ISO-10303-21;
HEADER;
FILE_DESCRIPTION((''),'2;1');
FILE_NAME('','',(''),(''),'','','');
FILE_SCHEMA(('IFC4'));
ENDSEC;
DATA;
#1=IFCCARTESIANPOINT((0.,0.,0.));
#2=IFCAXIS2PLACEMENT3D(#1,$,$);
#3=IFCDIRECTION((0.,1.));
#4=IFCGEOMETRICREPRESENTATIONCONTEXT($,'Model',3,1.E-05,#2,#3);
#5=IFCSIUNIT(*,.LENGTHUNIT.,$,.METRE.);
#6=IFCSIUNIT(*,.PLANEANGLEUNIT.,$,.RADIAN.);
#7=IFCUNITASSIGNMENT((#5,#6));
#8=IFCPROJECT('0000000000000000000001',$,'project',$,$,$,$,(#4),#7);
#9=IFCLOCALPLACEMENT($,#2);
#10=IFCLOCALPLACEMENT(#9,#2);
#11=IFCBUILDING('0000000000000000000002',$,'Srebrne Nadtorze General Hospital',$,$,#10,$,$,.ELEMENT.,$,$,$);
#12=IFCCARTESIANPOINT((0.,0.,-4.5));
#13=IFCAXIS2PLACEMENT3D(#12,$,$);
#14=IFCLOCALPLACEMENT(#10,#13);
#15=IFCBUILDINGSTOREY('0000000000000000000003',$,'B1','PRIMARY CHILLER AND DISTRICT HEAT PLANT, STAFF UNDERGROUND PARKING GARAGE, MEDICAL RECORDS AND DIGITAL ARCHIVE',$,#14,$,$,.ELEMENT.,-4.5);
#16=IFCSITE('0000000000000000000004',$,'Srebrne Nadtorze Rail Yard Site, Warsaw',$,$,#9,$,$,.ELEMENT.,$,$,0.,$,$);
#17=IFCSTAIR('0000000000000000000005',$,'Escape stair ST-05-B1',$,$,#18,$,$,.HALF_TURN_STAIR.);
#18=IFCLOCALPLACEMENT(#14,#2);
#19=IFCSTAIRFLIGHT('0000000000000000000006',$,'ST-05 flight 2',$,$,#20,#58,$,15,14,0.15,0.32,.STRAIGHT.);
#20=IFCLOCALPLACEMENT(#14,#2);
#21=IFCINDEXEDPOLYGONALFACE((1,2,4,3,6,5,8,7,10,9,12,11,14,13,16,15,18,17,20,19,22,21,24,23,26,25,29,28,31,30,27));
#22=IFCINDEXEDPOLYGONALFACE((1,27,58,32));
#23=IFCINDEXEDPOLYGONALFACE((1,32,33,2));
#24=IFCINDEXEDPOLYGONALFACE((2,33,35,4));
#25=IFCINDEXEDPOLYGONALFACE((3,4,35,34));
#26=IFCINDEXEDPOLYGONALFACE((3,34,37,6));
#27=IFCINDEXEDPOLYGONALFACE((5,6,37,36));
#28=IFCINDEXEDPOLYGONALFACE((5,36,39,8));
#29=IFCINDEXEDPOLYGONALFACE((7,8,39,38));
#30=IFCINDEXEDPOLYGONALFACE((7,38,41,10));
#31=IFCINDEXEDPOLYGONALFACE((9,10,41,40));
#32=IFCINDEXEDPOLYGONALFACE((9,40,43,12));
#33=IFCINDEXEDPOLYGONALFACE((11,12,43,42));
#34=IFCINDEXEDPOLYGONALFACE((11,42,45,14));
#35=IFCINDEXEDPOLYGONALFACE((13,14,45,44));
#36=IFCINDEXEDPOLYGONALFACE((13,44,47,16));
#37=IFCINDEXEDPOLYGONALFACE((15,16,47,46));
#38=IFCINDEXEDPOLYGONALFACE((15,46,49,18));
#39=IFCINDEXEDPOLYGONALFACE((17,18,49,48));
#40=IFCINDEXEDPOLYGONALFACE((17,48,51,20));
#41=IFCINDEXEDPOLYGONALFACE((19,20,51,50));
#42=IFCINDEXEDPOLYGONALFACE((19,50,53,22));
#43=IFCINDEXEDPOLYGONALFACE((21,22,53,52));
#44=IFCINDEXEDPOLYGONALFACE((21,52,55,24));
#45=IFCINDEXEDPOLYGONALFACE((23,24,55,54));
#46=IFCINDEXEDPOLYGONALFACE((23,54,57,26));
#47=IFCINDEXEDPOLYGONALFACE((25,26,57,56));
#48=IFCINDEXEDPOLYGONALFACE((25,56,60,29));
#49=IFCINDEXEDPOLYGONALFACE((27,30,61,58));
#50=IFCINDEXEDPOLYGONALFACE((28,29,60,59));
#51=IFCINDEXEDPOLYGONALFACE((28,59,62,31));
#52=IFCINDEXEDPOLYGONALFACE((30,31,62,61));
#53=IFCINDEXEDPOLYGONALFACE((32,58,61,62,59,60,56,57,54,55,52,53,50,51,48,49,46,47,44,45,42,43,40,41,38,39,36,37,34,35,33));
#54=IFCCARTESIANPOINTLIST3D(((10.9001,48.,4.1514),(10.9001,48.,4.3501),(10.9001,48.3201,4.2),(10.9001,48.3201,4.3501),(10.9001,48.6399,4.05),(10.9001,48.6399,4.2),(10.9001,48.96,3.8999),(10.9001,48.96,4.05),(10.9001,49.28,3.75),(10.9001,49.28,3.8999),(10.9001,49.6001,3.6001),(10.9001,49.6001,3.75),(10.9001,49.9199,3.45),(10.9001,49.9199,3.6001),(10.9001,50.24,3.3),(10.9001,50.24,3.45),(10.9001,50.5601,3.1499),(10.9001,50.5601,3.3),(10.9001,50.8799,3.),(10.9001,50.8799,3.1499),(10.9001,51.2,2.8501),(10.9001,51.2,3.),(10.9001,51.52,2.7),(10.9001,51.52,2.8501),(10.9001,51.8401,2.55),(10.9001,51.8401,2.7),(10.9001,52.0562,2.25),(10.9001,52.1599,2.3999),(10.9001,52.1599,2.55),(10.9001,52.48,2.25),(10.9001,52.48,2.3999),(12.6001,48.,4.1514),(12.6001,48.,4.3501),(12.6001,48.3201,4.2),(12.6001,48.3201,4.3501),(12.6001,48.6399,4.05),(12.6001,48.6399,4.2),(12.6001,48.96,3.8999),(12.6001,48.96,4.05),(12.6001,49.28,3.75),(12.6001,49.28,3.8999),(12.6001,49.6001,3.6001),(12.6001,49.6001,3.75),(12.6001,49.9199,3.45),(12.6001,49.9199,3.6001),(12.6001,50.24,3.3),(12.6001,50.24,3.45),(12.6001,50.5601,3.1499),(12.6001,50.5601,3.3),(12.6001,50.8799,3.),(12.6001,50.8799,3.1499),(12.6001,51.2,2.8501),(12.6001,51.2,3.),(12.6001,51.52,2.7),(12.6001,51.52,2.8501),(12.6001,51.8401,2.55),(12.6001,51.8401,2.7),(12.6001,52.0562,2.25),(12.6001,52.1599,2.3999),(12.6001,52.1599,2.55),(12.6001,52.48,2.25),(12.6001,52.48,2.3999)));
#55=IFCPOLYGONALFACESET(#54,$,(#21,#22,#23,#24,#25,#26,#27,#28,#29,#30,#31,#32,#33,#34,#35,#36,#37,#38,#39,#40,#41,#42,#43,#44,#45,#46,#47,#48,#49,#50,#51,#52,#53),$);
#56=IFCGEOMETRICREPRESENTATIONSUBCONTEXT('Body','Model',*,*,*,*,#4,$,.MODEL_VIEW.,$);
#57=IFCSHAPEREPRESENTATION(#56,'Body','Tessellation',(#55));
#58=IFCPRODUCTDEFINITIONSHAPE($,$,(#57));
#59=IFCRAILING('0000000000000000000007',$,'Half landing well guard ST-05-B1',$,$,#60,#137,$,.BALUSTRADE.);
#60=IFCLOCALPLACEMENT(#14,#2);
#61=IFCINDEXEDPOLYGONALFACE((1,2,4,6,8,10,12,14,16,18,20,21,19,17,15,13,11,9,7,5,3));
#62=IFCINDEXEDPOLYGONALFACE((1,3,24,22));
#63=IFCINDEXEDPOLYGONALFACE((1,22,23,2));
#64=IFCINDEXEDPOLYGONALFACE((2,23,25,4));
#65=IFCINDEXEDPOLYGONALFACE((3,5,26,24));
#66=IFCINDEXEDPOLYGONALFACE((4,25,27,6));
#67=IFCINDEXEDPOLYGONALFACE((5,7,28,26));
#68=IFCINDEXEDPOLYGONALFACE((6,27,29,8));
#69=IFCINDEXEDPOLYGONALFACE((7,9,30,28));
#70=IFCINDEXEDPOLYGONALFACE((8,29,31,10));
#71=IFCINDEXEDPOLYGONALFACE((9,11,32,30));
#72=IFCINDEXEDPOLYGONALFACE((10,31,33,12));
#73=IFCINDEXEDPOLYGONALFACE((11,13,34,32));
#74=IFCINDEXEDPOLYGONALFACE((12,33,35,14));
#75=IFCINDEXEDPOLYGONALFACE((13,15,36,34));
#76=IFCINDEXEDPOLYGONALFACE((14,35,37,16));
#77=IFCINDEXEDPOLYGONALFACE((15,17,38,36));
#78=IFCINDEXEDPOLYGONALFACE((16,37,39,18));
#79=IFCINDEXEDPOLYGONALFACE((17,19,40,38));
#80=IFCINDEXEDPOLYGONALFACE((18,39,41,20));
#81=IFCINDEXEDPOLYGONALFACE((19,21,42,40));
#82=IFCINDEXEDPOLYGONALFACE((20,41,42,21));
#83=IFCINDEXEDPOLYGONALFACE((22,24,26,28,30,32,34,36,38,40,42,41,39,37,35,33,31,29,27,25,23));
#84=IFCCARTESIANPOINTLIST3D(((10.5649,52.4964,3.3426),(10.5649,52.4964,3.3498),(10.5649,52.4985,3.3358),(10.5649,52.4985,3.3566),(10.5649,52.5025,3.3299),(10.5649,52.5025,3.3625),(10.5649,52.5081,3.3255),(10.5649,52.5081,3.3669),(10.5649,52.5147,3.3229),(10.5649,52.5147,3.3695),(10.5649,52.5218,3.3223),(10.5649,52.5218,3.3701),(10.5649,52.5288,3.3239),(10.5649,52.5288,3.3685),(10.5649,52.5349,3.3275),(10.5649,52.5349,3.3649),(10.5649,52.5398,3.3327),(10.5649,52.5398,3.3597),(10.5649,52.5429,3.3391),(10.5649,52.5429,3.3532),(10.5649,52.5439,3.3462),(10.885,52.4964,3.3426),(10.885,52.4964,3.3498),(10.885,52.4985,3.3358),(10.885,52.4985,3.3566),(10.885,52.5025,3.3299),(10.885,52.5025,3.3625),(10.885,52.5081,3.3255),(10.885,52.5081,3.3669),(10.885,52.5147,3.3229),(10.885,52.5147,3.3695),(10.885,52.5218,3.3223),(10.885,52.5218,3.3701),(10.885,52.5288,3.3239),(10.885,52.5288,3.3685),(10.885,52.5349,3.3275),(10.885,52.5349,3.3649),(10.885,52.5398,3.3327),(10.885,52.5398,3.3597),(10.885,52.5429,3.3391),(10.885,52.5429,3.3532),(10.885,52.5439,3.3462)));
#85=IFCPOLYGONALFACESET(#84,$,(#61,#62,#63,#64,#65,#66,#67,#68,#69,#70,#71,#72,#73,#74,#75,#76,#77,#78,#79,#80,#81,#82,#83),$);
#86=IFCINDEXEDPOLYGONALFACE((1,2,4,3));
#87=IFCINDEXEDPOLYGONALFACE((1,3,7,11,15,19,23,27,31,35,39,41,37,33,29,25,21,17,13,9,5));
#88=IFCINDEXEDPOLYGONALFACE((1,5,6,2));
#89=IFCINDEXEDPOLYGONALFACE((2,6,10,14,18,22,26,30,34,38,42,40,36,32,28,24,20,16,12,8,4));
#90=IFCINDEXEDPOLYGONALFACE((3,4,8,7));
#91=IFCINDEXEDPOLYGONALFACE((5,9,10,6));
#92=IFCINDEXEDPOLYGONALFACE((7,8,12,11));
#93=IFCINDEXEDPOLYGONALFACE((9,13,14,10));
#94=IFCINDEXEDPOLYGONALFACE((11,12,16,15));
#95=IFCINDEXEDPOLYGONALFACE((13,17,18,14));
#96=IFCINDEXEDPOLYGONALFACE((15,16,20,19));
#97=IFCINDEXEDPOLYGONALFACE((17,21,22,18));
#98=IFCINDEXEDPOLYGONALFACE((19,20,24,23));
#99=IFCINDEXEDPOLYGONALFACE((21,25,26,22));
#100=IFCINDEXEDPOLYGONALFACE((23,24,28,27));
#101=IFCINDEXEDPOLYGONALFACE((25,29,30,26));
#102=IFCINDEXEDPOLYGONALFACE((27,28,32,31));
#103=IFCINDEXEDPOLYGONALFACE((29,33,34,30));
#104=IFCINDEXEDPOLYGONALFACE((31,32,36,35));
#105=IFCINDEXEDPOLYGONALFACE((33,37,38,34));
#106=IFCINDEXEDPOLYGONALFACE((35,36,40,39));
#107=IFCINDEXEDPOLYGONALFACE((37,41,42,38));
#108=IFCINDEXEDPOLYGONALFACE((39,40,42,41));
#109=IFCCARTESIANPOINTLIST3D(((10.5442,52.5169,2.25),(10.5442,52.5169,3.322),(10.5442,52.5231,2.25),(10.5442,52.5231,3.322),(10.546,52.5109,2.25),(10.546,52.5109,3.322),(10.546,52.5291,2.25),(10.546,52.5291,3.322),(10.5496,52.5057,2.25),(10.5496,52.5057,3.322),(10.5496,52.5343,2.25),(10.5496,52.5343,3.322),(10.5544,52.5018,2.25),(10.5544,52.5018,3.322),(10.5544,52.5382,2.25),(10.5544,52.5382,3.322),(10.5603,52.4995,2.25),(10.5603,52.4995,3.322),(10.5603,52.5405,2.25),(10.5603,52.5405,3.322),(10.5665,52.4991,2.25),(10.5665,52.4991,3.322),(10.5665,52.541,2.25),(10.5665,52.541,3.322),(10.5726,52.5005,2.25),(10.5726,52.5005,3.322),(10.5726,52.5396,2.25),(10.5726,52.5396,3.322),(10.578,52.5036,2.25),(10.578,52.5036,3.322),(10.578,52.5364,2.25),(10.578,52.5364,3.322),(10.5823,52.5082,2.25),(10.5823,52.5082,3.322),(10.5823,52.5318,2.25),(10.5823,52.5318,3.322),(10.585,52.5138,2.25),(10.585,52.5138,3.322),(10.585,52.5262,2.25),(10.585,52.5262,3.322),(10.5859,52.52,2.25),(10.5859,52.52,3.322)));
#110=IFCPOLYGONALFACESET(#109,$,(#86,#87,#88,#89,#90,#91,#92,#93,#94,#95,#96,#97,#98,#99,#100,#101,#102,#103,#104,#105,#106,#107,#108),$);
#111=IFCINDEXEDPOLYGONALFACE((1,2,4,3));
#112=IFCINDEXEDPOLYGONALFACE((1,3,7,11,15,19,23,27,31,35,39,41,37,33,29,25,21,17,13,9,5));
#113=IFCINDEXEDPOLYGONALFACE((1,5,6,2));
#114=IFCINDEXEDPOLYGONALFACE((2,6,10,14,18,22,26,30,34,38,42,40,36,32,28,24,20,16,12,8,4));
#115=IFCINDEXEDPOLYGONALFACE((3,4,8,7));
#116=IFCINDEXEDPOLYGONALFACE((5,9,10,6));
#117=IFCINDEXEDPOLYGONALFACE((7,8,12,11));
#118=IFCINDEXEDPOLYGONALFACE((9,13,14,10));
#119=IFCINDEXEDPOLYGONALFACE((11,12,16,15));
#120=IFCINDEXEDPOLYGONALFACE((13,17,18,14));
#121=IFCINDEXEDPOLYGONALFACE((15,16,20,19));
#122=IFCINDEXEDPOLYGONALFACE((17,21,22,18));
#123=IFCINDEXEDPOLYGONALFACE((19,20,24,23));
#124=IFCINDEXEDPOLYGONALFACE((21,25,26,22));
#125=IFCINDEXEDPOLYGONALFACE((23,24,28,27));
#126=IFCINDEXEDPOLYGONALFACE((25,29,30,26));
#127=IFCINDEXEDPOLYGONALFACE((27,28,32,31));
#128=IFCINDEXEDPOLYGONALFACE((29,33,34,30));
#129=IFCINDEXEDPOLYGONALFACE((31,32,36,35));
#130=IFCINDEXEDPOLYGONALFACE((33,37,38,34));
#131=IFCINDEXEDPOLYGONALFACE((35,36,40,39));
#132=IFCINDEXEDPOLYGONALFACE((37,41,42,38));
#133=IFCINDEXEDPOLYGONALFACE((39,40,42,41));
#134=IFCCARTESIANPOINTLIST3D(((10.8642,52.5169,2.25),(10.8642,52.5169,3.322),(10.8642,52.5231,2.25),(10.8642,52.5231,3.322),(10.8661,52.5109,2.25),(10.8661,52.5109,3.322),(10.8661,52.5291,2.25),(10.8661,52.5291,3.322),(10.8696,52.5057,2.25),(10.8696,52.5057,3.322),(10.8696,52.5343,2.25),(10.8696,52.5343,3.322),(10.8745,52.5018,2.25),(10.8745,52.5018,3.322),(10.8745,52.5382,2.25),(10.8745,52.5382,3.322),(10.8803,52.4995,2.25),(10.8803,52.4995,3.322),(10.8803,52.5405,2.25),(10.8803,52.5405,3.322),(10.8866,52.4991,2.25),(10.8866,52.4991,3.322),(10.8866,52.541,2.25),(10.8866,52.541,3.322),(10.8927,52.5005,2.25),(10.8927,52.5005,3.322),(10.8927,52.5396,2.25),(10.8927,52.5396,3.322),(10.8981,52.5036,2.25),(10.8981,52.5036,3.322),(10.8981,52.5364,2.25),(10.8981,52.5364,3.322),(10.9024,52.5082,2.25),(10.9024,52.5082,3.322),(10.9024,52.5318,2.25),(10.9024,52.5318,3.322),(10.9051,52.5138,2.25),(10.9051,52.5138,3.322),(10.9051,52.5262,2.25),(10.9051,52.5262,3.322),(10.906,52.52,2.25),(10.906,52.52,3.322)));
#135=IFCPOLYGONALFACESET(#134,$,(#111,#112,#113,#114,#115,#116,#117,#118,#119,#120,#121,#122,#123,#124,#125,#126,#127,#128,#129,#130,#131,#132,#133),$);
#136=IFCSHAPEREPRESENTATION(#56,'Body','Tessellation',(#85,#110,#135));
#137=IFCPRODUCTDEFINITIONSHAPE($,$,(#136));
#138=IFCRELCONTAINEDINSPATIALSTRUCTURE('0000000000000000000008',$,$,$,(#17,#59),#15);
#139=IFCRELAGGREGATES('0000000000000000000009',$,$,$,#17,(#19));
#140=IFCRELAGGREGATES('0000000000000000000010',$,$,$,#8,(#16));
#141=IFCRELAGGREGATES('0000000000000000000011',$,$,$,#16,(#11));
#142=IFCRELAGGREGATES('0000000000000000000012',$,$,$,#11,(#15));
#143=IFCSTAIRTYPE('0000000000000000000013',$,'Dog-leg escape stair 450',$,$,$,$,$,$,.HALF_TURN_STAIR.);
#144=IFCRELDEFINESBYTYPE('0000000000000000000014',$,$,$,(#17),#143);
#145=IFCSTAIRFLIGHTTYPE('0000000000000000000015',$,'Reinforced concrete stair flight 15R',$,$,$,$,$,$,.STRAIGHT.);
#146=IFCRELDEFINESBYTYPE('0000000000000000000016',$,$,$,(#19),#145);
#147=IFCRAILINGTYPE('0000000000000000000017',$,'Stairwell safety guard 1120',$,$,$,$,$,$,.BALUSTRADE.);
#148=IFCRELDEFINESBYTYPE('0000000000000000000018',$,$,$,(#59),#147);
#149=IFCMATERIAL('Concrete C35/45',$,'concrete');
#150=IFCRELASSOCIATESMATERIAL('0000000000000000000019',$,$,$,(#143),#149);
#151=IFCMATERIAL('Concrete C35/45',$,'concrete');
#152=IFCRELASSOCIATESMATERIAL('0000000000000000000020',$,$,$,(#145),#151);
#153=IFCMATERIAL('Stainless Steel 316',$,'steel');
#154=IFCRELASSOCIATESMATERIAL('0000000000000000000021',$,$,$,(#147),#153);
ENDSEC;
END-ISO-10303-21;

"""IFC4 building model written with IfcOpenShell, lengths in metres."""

from ifc_helpers import new_model, si_unit, direction, frame, origin, origin_2d, place, context, subcontext, project, spatial, polyline, circle, outline, extrude, material, type_object, element, aggregate, save


model = new_model("IFC4")

# Units and contexts
model_context = context("Model", 3, precision=1e-05, world=origin(), true_north=direction((0.0, 1.0)))
body_context = subcontext(model_context, "Body", "Model", "MODEL_VIEW")
ifc_project = project(units=[si_unit("LENGTHUNIT", "METRE"), si_unit("PLANEANGLEUNIT", "RADIAN")], contexts=[model_context])

# Site, building, storey
site_placement = place(None, origin())
site = spatial("IfcSite", under=ifc_project, at=site_placement, Name="Srebrne Nadtorze Rail Yard Site, Warsaw", CompositionType="ELEMENT", RefElevation=0.0)
building_placement = place(site_placement, origin())
building = spatial("IfcBuilding", under=site, at=building_placement, Name="Srebrne Nadtorze General Hospital", CompositionType="ELEMENT")
storey_placement = place(building_placement, frame((0.0, 0.0, -4.5)))
storey = spatial("IfcBuildingStorey", under=building, at=storey_placement, Name="B1", Description="PRIMARY CHILLER AND DISTRICT HEAT PLANT, STAFF UNDERGROUND PARKING GARAGE, MEDICAL RECORDS AND DIGITAL ARCHIVE", CompositionType="ELEMENT", Elevation=-4.5)

# Stair, stair flight
ifc_material_1 = material(Name="Concrete C35/45", Category="concrete")
stair_type = type_object("IfcStairType", Name="Dog-leg escape stair 450", PredefinedType="HALF_TURN_STAIR", material=ifc_material_1)
stair_placement = place(storey_placement, origin())
stair = element("IfcStair", 1, at=stair_placement, inside=storey, type_object=stair_type, Name="Escape stair ST-05-B1", PredefinedType="HALF_TURN_STAIR")
ifc_material_2 = material(Name="Concrete C35/45", Category="concrete")
stair_flight_type = type_object("IfcStairFlightType", Name="Reinforced concrete stair flight 15R", PredefinedType="STRAIGHT", material=ifc_material_2)
stair_flight_placement = place(storey_placement, frame((11.75, 52.48, 2.25), z_axis=(0.0, 0.0, 1.0), x_axis=(0.0, -1.0, 0.0)))
stair_flight = element("IfcStairFlight", 2, at=stair_flight_placement, type_object=stair_flight_type, Name="ST-05 flight 2", NumberOfRisers=15, NumberOfTreads=14, PredefinedType="STRAIGHT", RiserHeight=0.15, TreadLength=0.32, context=body_context, shape_type="SweptSolid", body=[
    extrude(outline(polyline([(0.0, 0.0), (0.0, 0.1499), (0.3201, 0.1499), (0.3201, 0.3), (0.6399, 0.3), (0.6399, 0.45), (0.96, 0.45), (0.96, 0.6001), (1.28, 0.6001), (1.28, 0.75), (1.6001, 0.75), (1.6001, 0.8999), (1.9199, 0.8999), (1.9199, 1.05), (2.24, 1.05), (2.24, 1.2), (2.5601, 1.2), (2.5601, 1.3501), (2.8799, 1.3501), (2.8799, 1.5), (3.2, 1.5), (3.2, 1.6499), (3.52, 1.6499), (3.52, 1.8), (3.8401, 1.8), (3.8401, 1.95), (4.1599, 1.95), (4.1599, 2.1001), (4.48, 2.1001), (4.48, 2.25), (4.48, 1.9014), (0.4238, 0.0), (0.0, 0.0)])), frame((0.0, 0.8501, 0.0), z_axis=(0.0, -1.0, 0.0), x_axis=(1.0, 0.0, 0.0)), (0.0, 0.0, 1.0), 1.7),
])
aggregate(stair, [stair_flight])

# Railing
ifc_material_3 = material(Name="Stainless Steel 316", Category="steel")
railing_type_1 = type_object("IfcRailingType", Name="Stairwell safety guard 1120", PredefinedType="BALUSTRADE", material=ifc_material_3)
railing_1_placement = place(storey_placement, frame((10.5649, 52.52, 2.25)))
element("IfcRailing", 3, at=railing_1_placement, inside=storey, type_object=railing_type_1, Name="Half landing well guard ST-05-B1", PredefinedType="BALUSTRADE", context=body_context, shape_type="SweptSolid", body=[
    extrude(circle(Radius=0.0239, at=origin_2d()), frame((0.0, 0.0, 1.0962), z_axis=(1.0, 0.0, 0.0), x_axis=(0.0, 1.0, 0.0)), (0.0, 0.0, 1.0), 0.3201),
    extrude(circle(Radius=0.021, at=origin_2d()), origin(), (0.0, 0.0, 1.0), 1.072),
    extrude(circle(Radius=0.021, at=origin_2d()), frame((0.3201, 0.0, 0.0)), (0.0, 0.0, 1.0), 1.072),
])

save(model, "model.ifc")
